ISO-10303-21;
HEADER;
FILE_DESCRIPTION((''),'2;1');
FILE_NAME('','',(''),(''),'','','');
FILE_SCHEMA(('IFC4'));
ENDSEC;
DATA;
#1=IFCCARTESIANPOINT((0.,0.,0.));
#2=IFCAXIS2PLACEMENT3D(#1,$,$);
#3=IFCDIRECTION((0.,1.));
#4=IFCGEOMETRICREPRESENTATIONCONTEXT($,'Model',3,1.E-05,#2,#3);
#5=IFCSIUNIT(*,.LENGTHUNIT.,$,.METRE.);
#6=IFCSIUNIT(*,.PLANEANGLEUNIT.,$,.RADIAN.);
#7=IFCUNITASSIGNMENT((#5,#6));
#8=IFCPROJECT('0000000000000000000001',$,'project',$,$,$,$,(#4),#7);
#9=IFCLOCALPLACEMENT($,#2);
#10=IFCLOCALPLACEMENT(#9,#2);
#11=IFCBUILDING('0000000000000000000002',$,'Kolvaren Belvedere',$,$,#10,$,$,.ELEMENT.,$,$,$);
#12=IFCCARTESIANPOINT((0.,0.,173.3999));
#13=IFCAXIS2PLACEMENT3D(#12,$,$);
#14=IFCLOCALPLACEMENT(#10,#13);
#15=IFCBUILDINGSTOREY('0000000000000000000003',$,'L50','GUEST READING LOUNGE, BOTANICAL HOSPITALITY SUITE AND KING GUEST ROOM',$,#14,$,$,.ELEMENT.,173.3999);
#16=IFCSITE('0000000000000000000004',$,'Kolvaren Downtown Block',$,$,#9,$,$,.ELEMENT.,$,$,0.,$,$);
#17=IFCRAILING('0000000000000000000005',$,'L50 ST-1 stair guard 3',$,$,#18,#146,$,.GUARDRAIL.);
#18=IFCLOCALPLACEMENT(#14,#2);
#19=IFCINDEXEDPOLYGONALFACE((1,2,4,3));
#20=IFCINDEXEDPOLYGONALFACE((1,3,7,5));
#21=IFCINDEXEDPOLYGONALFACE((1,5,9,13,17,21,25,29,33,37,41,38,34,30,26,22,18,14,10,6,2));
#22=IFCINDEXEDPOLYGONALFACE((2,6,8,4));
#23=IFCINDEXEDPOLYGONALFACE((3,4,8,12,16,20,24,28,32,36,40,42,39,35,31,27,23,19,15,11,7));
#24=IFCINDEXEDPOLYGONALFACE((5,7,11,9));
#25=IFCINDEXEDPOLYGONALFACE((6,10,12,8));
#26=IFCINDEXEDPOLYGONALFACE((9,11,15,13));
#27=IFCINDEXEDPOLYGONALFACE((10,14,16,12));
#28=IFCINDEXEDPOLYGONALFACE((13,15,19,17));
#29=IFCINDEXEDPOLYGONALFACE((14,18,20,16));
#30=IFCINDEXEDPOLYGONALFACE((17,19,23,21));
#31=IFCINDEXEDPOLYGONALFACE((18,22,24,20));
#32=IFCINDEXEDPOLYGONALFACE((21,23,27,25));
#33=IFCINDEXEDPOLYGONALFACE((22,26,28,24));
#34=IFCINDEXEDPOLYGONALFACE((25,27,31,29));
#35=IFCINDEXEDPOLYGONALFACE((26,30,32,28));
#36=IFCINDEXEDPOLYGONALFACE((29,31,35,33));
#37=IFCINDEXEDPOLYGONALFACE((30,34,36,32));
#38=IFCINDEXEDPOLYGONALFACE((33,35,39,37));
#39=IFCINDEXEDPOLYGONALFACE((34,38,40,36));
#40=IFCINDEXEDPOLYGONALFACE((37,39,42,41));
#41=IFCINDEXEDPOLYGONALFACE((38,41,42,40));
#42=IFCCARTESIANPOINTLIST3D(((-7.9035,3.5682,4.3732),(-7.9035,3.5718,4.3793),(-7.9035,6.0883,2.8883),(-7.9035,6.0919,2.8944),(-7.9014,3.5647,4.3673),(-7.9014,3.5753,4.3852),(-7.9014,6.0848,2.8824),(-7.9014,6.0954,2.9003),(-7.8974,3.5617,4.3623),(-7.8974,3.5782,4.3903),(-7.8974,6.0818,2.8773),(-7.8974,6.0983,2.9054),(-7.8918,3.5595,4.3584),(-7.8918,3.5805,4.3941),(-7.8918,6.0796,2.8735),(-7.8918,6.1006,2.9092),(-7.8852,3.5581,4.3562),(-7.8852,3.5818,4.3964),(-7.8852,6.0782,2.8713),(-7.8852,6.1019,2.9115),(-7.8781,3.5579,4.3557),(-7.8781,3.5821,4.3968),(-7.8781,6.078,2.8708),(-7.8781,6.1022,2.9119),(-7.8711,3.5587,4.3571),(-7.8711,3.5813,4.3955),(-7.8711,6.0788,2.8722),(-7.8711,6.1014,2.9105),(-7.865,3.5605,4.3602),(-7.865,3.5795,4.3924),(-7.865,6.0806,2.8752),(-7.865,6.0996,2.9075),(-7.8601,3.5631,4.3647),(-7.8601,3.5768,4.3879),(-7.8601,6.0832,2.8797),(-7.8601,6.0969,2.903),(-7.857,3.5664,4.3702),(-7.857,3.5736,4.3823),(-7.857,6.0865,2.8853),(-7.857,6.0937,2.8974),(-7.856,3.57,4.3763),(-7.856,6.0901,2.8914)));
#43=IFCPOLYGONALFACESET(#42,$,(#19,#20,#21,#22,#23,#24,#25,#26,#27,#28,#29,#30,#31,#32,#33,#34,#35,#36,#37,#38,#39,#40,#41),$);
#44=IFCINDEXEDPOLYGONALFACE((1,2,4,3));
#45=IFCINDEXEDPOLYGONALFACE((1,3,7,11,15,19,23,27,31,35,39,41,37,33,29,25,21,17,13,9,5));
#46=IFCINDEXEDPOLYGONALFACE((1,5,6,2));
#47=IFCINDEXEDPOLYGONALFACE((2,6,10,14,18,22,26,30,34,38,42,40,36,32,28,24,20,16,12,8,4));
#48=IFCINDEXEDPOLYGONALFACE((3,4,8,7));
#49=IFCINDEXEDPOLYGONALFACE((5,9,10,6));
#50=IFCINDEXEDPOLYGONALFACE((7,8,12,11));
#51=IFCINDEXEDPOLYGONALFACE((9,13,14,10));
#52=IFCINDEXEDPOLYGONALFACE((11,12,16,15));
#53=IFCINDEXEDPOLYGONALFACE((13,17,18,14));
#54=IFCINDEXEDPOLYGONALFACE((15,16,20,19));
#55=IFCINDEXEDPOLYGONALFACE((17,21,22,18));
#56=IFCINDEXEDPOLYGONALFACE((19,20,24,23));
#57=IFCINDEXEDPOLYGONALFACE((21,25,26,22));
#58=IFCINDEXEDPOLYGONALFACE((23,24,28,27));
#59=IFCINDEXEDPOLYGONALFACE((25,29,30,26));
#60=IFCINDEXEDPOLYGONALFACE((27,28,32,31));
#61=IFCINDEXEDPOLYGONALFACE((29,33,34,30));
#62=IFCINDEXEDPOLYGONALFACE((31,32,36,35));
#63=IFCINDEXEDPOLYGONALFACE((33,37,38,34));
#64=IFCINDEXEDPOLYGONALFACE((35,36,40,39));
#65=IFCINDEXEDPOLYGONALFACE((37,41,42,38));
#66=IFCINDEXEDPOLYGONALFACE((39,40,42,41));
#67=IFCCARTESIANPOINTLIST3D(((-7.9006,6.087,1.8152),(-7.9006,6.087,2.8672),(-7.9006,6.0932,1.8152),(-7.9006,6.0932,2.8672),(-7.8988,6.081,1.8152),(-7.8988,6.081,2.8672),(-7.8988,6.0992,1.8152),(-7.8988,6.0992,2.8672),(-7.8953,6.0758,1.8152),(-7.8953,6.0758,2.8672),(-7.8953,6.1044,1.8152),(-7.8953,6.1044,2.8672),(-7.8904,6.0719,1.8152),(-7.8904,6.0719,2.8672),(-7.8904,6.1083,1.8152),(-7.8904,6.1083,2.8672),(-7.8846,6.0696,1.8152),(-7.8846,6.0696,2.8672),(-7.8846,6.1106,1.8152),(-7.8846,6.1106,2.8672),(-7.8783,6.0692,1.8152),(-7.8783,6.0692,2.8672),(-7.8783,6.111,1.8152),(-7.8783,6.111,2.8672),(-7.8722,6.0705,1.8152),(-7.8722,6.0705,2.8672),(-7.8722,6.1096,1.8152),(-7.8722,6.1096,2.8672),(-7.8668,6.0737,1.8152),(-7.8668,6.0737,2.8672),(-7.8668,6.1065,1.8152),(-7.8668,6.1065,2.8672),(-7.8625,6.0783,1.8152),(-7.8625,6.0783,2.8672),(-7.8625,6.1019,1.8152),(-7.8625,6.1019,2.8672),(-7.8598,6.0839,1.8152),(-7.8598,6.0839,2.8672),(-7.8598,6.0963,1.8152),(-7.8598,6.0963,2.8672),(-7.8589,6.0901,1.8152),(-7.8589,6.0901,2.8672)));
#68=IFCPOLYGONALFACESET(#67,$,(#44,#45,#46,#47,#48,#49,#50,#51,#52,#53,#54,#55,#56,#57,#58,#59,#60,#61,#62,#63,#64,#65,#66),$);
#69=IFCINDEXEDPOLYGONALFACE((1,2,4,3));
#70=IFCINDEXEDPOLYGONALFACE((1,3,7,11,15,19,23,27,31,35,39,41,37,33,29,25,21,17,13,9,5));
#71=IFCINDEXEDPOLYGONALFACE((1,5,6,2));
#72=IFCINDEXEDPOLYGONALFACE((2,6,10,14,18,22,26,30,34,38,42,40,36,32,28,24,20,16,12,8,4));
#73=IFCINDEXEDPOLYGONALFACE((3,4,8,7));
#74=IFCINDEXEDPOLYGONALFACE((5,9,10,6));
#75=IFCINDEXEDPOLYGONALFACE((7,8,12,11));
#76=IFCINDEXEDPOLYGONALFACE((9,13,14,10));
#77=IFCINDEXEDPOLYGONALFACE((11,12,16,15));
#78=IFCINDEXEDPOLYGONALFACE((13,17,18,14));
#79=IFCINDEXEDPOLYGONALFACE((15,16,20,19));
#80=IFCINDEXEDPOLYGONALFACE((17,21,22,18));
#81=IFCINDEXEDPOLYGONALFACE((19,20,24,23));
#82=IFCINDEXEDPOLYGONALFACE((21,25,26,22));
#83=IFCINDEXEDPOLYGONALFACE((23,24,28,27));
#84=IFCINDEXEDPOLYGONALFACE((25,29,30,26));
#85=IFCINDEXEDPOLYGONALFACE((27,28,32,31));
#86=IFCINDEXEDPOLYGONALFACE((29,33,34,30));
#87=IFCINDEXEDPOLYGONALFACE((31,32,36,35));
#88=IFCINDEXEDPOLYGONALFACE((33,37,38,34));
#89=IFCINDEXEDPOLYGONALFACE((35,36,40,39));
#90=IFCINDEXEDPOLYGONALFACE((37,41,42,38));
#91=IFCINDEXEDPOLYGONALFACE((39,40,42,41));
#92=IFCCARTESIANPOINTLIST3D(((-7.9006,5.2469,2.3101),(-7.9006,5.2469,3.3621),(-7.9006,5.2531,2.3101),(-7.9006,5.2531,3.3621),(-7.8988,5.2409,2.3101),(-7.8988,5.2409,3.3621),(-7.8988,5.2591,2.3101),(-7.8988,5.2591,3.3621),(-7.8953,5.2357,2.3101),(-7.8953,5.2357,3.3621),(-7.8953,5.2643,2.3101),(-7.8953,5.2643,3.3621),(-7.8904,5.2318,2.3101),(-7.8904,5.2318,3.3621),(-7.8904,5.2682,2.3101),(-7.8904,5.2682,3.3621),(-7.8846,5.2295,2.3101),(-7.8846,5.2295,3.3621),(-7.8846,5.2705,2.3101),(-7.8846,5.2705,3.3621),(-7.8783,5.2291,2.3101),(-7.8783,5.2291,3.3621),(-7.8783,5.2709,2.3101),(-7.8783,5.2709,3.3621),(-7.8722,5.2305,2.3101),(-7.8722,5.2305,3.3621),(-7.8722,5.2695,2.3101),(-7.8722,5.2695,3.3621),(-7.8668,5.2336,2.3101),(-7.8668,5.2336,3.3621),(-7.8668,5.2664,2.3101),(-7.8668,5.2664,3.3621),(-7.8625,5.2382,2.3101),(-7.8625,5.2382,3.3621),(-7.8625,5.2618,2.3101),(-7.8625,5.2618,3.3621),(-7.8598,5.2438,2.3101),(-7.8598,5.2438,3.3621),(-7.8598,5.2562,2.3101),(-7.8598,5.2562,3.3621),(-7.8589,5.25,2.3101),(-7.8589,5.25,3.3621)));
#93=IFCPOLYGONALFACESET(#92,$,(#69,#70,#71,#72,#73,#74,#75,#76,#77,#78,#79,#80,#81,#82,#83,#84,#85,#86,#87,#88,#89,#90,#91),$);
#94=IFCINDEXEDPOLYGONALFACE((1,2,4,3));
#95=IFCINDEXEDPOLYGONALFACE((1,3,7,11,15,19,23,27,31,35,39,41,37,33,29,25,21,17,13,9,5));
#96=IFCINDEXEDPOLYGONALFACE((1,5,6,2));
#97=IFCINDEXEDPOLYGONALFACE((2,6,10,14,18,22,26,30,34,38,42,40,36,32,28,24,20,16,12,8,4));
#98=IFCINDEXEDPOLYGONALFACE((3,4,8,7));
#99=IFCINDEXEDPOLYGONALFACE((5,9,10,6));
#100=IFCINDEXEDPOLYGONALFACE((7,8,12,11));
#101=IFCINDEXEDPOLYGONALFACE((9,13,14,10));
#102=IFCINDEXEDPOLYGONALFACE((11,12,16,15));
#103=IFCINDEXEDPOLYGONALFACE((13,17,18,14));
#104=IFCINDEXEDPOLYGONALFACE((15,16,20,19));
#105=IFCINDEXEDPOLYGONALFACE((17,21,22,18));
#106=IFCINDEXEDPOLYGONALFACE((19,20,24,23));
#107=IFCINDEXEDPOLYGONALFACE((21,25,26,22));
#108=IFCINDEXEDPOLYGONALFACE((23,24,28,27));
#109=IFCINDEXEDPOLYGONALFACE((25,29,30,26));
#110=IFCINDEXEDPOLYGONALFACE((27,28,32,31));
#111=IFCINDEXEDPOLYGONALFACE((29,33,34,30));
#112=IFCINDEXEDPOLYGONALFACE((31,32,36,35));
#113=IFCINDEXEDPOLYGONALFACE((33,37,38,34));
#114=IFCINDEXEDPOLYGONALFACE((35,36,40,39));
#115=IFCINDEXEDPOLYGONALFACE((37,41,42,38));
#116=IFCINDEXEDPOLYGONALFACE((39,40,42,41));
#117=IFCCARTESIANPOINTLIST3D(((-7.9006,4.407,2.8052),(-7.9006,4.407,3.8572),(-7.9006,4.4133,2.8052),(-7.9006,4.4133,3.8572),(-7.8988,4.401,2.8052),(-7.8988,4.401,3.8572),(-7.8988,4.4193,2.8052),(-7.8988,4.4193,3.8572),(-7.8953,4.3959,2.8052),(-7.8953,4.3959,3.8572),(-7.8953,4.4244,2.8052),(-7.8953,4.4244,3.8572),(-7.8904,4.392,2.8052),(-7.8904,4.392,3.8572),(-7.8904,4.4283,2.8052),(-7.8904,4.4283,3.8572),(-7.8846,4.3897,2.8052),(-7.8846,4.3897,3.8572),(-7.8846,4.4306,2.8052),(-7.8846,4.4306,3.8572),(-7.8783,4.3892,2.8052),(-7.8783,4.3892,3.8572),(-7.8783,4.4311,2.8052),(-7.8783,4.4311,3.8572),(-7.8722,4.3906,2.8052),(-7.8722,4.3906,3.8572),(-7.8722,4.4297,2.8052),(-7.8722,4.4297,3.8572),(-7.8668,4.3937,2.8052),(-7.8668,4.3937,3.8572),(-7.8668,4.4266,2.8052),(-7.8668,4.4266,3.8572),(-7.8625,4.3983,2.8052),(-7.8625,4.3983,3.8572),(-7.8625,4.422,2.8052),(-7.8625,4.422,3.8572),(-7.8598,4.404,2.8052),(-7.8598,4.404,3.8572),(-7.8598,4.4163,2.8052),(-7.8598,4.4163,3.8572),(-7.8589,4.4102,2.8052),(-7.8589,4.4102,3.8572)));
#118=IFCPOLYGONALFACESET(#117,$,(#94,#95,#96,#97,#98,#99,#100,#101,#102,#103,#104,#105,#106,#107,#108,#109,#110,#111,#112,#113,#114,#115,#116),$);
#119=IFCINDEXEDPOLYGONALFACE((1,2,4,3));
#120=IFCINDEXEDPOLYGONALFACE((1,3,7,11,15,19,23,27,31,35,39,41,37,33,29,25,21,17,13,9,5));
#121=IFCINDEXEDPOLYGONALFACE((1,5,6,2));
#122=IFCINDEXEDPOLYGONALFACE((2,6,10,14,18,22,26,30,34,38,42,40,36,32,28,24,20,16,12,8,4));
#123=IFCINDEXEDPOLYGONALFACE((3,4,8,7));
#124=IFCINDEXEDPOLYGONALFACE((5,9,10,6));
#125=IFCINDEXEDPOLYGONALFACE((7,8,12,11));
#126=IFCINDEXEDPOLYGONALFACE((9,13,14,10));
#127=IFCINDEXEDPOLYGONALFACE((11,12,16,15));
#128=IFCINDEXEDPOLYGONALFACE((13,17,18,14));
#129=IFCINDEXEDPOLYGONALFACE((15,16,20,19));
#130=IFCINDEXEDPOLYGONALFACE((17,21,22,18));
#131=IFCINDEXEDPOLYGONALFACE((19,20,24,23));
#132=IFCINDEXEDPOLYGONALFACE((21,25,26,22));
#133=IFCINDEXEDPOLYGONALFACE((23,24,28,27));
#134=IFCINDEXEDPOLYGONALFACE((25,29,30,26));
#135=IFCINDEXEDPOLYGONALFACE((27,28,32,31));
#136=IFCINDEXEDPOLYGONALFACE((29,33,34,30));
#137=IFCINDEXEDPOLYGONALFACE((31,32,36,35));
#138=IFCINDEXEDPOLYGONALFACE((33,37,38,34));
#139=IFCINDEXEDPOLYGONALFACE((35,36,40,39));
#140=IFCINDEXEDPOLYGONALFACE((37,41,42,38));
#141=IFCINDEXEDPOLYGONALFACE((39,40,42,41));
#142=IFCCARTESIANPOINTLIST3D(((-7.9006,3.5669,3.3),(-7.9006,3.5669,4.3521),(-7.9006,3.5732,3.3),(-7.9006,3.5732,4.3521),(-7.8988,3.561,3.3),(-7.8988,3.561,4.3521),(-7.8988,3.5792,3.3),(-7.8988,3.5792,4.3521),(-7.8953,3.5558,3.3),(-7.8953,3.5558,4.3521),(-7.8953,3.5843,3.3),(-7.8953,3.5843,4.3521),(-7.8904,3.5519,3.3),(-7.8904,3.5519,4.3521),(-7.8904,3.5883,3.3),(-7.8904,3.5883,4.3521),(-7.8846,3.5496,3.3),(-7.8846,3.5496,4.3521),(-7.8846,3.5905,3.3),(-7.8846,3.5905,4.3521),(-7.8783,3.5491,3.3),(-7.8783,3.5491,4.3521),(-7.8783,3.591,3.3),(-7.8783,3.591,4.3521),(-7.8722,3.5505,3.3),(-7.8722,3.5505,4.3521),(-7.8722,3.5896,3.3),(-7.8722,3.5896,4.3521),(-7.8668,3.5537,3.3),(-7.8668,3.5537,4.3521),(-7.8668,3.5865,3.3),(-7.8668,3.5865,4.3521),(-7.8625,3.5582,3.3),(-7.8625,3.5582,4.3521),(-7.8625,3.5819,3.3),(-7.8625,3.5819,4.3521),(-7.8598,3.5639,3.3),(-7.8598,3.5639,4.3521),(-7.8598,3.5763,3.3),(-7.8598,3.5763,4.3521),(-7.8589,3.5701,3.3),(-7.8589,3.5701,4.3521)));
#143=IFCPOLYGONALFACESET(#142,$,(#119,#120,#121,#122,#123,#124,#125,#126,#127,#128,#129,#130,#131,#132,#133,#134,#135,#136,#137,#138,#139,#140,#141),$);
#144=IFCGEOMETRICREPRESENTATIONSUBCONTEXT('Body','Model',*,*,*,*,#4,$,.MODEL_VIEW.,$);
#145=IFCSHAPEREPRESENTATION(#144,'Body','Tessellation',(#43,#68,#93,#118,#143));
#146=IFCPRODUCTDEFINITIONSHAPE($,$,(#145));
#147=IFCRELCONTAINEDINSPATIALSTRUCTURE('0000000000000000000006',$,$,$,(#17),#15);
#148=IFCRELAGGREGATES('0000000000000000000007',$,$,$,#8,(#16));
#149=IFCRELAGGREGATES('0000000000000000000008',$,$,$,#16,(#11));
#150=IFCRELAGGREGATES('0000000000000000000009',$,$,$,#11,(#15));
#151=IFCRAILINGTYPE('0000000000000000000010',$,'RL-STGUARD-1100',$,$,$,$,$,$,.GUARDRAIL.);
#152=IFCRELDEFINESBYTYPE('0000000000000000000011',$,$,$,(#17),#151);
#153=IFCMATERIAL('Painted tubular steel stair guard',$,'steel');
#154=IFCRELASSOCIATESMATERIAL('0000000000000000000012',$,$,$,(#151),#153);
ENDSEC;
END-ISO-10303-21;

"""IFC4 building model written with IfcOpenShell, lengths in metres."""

from ifc_helpers import new_model, si_unit, direction, frame, origin, origin_2d, place, context, subcontext, project, spatial, circle, extrude, material, type_object, element, save


model = new_model("IFC4")

# Units and contexts
model_context = context("Model", 3, precision=1e-05, world=origin(), true_north=direction((0.0, 1.0)))
body_context = subcontext(model_context, "Body", "Model", "MODEL_VIEW")
ifc_project = project(units=[si_unit("LENGTHUNIT", "METRE"), si_unit("PLANEANGLEUNIT", "RADIAN")], contexts=[model_context])

# Site, building, storey
site_placement = place(None, origin())
site = spatial("IfcSite", under=ifc_project, at=site_placement, Name="Kolvaren Downtown Block", CompositionType="ELEMENT", RefElevation=0.0)
building_placement = place(site_placement, origin())
building = spatial("IfcBuilding", under=site, at=building_placement, Name="Kolvaren Belvedere", CompositionType="ELEMENT")
storey_placement = place(building_placement, frame((0.0, 0.0, 173.3999)))
storey = spatial("IfcBuildingStorey", under=building, at=storey_placement, Name="L50", Description="GUEST READING LOUNGE, BOTANICAL HOSPITALITY SUITE AND KING GUEST ROOM", CompositionType="ELEMENT", Elevation=173.3999)

# Railing
ifc_material_1 = material(Name="Painted tubular steel stair guard", Category="steel")
railing_type_1 = type_object("IfcRailingType", Name="RL-STGUARD-1100", PredefinedType="GUARDRAIL", material=ifc_material_1)
railing_1_placement = place(storey_placement, frame((-7.8799, 6.0901, 1.8152)))
element("IfcRailing", 1, at=railing_1_placement, inside=storey, type_object=railing_type_1, Name="L50 ST-1 stair guard 3", PredefinedType="GUARDRAIL", context=body_context, shape_type="SweptSolid", body=[
    extrude(circle(Radius=0.0239, at=origin_2d()), frame((0.0, 0.0, 1.0762), z_axis=(0.0, -0.861561, 0.507655), x_axis=(1.0, 0.0, 0.0)), (0.0, 0.0, 1.0), 2.925),
    extrude(circle(Radius=0.021, at=origin_2d()), origin(), (0.0, 0.0, 1.0), 1.052),
    extrude(circle(Radius=0.021, at=origin_2d()), frame((0.0, -0.8401, 0.4949)), (0.0, 0.0, 1.0), 1.052),
    extrude(circle(Radius=0.021, at=origin_2d()), frame((0.0, -1.6799, 0.99)), (0.0, 0.0, 1.0), 1.052),
    extrude(circle(Radius=0.021, at=origin_2d()), frame((0.0, -2.52, 1.4849)), (0.0, 0.0, 1.0), 1.052),
])

save(model, "model.ifc")
